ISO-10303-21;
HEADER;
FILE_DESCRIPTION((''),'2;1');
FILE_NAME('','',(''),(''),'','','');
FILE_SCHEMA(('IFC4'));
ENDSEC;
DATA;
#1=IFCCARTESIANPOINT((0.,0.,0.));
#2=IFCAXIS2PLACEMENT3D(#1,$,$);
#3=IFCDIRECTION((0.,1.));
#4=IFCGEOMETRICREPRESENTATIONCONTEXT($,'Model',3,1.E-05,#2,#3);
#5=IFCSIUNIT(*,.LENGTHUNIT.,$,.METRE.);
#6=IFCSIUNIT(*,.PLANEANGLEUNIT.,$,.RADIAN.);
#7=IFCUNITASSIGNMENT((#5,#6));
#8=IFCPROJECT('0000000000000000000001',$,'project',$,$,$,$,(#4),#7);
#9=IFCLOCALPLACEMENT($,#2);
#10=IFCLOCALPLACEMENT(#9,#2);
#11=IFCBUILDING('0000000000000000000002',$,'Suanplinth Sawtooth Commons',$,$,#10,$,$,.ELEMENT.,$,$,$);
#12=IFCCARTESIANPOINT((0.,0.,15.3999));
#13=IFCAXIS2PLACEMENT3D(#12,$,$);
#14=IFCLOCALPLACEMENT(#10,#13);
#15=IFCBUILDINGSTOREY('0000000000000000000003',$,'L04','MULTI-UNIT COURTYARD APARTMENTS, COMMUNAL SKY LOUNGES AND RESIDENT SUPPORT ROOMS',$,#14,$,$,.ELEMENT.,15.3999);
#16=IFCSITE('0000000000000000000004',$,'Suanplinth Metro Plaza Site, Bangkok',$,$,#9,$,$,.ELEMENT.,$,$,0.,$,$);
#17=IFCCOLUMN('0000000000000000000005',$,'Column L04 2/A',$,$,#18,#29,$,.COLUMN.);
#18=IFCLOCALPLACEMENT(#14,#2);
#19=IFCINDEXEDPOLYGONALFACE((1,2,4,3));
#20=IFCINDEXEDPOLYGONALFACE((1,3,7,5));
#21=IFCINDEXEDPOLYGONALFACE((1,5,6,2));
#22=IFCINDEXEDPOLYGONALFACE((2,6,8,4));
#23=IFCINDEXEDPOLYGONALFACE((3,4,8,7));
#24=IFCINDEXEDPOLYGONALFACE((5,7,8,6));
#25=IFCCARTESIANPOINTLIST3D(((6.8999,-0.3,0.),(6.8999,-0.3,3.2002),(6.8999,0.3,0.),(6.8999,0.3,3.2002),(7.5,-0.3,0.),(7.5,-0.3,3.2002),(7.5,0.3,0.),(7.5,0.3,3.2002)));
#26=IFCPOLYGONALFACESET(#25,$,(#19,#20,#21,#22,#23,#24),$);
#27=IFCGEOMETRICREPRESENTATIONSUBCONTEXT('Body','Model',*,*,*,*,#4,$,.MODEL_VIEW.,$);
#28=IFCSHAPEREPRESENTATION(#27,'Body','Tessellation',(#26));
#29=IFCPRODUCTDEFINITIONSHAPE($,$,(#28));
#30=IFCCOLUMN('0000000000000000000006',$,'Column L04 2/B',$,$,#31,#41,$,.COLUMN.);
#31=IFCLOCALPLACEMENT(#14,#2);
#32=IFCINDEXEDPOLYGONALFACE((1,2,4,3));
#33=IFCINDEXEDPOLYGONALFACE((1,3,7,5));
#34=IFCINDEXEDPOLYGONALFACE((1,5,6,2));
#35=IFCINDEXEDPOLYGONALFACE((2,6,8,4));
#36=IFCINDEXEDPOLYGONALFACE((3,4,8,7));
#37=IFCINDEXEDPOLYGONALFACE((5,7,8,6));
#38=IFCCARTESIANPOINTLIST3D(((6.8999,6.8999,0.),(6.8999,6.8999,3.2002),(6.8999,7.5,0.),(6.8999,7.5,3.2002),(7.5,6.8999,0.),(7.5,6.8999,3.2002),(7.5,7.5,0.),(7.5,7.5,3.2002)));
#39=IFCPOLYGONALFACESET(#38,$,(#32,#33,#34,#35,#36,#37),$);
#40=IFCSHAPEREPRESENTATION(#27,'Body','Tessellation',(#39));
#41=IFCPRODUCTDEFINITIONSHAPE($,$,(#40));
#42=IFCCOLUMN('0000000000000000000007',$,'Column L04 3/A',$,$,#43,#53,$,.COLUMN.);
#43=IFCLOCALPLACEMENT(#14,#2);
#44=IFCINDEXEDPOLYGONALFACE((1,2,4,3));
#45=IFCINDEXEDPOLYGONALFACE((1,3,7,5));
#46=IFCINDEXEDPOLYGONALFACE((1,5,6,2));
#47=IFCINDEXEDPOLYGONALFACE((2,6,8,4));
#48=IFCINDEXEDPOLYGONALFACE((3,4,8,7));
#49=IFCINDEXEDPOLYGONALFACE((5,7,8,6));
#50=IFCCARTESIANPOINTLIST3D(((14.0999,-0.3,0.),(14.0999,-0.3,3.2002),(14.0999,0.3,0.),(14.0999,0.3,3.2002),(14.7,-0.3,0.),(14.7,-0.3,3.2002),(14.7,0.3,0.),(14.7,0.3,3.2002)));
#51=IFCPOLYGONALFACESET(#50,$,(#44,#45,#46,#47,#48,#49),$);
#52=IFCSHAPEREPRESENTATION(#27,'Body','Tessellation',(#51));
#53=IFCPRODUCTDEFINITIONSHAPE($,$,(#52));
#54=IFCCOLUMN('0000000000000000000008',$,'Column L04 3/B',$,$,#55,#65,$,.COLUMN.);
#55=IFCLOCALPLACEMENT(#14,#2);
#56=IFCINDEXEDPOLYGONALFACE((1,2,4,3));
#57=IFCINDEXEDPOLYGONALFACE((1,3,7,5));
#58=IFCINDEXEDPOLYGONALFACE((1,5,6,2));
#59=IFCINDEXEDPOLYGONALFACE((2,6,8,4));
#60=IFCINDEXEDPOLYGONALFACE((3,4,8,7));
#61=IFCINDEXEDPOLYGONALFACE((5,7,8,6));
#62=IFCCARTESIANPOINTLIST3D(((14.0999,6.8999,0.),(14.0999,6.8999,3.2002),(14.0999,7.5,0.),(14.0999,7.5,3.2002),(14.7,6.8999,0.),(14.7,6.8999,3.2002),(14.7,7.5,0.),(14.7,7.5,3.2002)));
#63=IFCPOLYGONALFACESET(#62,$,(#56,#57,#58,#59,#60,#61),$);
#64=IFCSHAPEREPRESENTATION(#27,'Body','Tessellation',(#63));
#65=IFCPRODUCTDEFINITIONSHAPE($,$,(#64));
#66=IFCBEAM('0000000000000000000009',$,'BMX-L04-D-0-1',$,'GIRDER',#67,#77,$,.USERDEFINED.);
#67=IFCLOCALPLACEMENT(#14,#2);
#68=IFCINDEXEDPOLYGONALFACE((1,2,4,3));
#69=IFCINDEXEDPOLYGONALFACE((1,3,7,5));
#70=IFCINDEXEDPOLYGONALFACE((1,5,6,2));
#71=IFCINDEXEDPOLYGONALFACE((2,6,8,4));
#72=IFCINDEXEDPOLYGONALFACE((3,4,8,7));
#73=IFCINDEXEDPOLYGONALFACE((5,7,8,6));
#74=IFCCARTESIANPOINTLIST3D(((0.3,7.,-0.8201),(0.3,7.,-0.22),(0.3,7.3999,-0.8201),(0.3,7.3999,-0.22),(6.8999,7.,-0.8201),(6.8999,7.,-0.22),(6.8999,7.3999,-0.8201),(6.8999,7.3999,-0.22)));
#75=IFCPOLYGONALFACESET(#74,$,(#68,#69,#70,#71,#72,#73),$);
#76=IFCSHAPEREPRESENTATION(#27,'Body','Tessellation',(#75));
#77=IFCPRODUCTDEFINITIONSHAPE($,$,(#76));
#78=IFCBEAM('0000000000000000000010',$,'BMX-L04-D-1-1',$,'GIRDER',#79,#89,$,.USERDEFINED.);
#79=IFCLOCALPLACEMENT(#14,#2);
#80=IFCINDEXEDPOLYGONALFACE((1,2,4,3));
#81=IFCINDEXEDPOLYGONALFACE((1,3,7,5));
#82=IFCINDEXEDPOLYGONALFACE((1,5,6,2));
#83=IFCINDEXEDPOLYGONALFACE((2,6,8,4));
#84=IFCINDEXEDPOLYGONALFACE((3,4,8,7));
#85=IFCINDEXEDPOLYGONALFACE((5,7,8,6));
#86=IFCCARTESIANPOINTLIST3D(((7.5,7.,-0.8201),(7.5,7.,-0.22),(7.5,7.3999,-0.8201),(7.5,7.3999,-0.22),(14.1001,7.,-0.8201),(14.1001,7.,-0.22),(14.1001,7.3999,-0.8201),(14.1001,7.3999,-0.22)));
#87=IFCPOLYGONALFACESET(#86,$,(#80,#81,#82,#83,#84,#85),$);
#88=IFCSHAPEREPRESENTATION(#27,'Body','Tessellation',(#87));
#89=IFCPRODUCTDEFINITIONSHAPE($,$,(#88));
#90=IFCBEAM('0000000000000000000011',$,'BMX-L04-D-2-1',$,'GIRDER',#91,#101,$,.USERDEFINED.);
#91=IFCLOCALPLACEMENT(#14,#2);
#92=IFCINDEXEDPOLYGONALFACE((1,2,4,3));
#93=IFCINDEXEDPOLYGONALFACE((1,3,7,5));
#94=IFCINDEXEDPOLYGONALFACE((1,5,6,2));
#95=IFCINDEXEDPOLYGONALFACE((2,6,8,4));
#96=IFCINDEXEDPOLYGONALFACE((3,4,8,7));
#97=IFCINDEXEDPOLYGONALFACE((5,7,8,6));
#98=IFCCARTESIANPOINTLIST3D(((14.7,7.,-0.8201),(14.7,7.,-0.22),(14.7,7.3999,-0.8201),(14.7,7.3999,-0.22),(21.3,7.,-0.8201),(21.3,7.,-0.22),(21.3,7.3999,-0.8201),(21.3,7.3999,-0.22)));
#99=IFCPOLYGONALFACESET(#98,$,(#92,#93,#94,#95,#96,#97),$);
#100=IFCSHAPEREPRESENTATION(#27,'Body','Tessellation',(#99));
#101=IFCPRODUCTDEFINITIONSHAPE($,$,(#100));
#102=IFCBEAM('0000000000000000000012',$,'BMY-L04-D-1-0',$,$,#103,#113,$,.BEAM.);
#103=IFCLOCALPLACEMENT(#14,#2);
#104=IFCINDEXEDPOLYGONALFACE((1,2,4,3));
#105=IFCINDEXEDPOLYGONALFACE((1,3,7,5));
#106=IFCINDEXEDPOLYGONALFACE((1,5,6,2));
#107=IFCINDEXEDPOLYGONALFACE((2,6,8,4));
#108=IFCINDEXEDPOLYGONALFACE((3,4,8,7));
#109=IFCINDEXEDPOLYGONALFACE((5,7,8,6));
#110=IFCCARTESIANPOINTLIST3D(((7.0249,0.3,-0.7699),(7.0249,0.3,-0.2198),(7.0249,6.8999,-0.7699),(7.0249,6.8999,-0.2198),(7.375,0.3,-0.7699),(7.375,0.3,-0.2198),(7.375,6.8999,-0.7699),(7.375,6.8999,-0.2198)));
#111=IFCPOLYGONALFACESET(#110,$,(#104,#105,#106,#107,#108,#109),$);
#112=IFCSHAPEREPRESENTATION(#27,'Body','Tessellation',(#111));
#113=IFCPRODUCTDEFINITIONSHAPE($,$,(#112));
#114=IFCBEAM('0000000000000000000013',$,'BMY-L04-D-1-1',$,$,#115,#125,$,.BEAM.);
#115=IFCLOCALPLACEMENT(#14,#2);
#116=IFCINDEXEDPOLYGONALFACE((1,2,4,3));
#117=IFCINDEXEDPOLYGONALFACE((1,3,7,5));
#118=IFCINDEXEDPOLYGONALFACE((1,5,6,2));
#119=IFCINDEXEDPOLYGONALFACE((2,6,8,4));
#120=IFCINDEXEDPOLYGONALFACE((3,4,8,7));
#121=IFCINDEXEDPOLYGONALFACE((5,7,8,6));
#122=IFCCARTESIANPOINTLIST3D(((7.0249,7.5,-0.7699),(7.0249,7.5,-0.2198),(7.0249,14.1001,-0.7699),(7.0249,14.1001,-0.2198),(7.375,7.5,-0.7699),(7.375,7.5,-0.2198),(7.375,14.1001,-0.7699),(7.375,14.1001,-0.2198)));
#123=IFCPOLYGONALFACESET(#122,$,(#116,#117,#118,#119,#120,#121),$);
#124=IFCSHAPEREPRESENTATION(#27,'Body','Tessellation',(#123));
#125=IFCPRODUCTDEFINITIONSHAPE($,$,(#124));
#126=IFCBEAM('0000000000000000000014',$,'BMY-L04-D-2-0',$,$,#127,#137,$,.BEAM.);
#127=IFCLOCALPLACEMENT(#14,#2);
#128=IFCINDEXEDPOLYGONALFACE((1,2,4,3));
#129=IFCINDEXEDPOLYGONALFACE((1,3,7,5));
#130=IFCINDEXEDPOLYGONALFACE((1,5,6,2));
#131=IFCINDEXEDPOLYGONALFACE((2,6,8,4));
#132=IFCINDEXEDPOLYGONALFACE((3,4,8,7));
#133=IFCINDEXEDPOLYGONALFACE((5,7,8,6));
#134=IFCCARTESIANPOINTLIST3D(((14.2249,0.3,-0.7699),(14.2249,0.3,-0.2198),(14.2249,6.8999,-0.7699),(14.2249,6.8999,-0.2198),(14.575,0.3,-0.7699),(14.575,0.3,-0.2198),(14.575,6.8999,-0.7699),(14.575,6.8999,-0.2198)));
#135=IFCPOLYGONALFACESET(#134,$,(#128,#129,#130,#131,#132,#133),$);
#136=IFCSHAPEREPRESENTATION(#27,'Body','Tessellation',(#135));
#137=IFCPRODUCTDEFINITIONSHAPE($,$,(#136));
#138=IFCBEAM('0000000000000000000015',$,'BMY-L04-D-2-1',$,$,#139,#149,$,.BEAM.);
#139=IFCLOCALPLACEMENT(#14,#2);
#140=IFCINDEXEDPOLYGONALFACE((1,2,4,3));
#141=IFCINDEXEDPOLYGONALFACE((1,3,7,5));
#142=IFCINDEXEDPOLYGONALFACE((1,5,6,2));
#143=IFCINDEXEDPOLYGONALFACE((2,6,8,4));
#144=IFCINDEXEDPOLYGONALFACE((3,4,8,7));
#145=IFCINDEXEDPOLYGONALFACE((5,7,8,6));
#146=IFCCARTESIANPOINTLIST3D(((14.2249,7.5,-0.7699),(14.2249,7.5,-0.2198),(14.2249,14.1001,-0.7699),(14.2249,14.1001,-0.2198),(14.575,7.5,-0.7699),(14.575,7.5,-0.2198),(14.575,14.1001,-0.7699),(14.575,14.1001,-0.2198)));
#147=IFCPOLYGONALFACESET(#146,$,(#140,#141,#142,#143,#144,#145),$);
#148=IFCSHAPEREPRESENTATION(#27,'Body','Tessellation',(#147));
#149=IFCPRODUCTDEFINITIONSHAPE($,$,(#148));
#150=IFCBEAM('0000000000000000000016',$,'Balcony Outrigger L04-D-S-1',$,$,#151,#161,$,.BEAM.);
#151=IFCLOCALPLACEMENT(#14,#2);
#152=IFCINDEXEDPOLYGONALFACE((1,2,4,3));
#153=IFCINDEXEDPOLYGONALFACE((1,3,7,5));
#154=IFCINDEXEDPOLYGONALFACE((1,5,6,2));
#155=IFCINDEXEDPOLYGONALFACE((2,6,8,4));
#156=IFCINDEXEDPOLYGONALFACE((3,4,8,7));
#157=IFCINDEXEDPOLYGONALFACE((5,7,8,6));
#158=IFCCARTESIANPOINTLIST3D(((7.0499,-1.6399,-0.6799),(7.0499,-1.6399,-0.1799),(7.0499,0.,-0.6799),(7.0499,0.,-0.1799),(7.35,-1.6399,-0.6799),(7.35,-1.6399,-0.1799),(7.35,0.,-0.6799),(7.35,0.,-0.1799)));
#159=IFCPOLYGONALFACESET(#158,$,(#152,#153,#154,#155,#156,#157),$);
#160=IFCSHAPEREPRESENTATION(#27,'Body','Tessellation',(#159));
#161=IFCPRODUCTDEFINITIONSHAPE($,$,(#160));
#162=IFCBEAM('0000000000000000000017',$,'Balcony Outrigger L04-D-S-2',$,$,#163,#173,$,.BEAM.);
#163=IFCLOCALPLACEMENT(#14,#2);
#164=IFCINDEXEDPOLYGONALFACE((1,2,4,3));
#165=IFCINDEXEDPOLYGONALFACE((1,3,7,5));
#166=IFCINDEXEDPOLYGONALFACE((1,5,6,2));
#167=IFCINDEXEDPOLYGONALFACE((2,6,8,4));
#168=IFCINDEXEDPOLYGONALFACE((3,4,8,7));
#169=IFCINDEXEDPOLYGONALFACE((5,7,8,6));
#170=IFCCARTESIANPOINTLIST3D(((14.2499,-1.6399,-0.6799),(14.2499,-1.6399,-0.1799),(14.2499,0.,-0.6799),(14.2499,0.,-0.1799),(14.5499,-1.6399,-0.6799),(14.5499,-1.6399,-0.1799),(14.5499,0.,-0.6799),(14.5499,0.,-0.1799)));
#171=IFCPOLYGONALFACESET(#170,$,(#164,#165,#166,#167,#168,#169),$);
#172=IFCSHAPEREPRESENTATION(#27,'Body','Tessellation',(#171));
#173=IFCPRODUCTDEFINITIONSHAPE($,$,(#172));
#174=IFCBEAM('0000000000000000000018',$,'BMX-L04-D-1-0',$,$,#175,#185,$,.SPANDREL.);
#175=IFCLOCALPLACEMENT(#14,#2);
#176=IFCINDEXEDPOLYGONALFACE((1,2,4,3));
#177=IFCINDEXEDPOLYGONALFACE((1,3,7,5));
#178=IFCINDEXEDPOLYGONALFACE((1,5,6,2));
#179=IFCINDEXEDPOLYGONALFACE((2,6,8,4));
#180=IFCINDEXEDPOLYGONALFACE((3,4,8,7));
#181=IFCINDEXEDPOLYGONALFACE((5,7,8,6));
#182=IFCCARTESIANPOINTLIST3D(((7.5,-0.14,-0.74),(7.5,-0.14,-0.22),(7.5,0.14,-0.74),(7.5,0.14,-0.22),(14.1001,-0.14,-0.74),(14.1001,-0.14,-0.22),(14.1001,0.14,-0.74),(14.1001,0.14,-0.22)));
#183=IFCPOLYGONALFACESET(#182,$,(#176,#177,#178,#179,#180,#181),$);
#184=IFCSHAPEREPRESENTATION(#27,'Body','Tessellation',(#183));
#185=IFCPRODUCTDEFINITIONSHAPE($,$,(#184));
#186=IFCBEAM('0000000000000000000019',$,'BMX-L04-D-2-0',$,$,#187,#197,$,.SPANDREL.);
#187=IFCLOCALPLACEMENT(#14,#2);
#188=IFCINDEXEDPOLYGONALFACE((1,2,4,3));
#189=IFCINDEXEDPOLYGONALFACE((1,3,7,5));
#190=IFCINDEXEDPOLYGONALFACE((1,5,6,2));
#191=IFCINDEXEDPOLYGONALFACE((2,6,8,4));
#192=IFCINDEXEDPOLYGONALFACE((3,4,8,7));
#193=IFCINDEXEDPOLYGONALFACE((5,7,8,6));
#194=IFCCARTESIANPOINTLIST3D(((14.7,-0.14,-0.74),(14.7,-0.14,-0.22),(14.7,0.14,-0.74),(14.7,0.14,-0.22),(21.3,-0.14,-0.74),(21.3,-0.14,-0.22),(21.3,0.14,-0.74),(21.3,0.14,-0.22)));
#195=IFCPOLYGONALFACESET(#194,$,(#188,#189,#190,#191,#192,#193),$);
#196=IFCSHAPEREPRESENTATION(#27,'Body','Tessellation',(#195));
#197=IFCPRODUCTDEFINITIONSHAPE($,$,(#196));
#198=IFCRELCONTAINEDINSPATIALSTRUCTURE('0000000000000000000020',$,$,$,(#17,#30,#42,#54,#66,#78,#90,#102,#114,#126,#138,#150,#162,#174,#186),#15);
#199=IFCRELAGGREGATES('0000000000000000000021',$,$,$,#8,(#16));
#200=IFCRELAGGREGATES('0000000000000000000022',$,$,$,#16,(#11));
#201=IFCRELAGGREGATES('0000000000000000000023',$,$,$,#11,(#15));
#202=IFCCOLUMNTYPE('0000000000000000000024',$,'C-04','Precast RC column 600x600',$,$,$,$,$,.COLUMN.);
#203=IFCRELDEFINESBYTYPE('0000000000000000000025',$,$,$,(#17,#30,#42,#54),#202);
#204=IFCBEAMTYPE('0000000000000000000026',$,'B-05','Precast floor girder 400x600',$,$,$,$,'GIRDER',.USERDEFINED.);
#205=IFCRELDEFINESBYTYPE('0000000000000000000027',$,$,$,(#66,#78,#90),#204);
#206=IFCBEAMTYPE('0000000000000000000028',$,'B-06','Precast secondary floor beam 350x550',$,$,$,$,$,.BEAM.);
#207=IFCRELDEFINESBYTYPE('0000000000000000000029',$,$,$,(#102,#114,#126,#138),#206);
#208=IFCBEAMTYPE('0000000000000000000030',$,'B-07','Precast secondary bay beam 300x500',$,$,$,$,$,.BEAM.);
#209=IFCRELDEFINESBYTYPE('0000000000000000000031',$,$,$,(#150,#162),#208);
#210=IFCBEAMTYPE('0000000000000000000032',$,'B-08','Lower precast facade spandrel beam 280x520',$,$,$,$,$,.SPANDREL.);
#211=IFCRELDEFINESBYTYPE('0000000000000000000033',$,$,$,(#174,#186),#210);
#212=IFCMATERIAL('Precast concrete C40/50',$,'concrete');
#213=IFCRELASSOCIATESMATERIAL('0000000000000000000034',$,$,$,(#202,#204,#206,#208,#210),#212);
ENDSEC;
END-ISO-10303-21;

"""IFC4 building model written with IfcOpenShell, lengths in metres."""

from ifc_helpers import new_model, si_unit, direction, frame, origin, origin_2d, place, context, subcontext, project, spatial, rectangle, extrude, material, material_profile, profile_set, type_object, element, save


model = new_model("IFC4")

# Units and contexts
model_context = context("Model", 3, precision=1e-05, world=origin(), true_north=direction((0.0, 1.0)))
body_context = subcontext(model_context, "Body", "Model", "MODEL_VIEW")
ifc_project = project(units=[si_unit("LENGTHUNIT", "METRE"), si_unit("PLANEANGLEUNIT", "RADIAN")], contexts=[model_context])

# Site, building, storey
site_placement = place(None, origin())
site = spatial("IfcSite", under=ifc_project, at=site_placement, Name="Suanplinth Metro Plaza Site, Bangkok", CompositionType="ELEMENT", RefElevation=0.0)
building_placement = place(site_placement, origin())
building = spatial("IfcBuilding", under=site, at=building_placement, Name="Suanplinth Sawtooth Commons", CompositionType="ELEMENT")
storey_placement = place(building_placement, frame((0.0, 0.0, 15.3999)))
storey = spatial("IfcBuildingStorey", under=building, at=storey_placement, Name="L04", Description="MULTI-UNIT COURTYARD APARTMENTS, COMMUNAL SKY LOUNGES AND RESIDENT SUPPORT ROOMS", CompositionType="ELEMENT", Elevation=15.3999)

# Columns
ifc_material_1 = material(Name="Precast concrete C40/50", Category="concrete")
ifc_material_profile_1 = material_profile(ifc_material_1, rectangle(XDim=0.6001, YDim=0.6001, at=origin_2d()), Name="PC-COL 600x600")
ifc_profile_set_1 = profile_set([ifc_material_profile_1], Name="Precast concrete C40/50")
column_type = type_object("IfcColumnType", Name="C-04", Description="Precast RC column 600x600", PredefinedType="COLUMN", material=ifc_profile_set_1)
for number, where, z_axis, x_axis, name in (
    (1, (7.2, 0.0, 0.0), (0.0, 0.0, 1.0), (1.0, 0.0, 0.0), "Column L04 2/A"),
    (2, (7.2, 7.2, 0.0), (0.0, 0.0, 1.0), (1.0, 0.0, 0.0), "Column L04 2/B"),
    (3, (14.3999, 0.0, 0.0), (0.0, 0.0, 1.0), (1.0, 0.0, 0.0), "Column L04 3/A"),
    (4, (14.3999, 7.2, 0.0), (0.0, 0.0, 1.0), (1.0, 0.0, 0.0), "Column L04 3/B"),
):
    element("IfcColumn", number, at=place(storey_placement, frame(where, z_axis=z_axis, x_axis=x_axis)), inside=storey, type_object=column_type, Name=name, PredefinedType="COLUMN", context=body_context, shape_type="SweptSolid", body=[
        extrude(rectangle(XDim=0.6001, YDim=0.6001, at=origin_2d()), origin(), (0.0, 0.0, 1.0), 3.2002),
    ])

# Beams
ifc_material_profile_2 = material_profile(ifc_material_1, rectangle(XDim=0.3999, YDim=0.6001, at=origin_2d()), Name="PC-GDR 400x600")
ifc_profile_set_2 = profile_set([ifc_material_profile_2], Name="Precast concrete C40/50")
beam_type_1 = type_object("IfcBeamType", Name="B-05", Description="Precast floor girder 400x600", ElementType="GIRDER", PredefinedType="USERDEFINED", material=ifc_profile_set_2)
beam_1_placement = place(storey_placement, frame((0.3, 7.2, -0.52), z_axis=(1.0, 0.0, 0.0), x_axis=(0.0, 1.0, 0.0)))
element("IfcBeam", 5, at=beam_1_placement, inside=storey, type_object=beam_type_1, Name="BMX-L04-D-0-1", ObjectType="GIRDER", PredefinedType="USERDEFINED", context=body_context, shape_type="SweptSolid", body=[
    extrude(rectangle(XDim=0.3999, YDim=0.6001, at=origin_2d()), origin(), (0.0, 0.0, 1.0), 6.5999),
])
for number, where, z_axis, x_axis, name in (
    (6, (7.5, 7.2, -0.52), (1.0, 0.0, 0.0), (0.0, 1.0, 0.0), "BMX-L04-D-1-1"),
    (7, (14.7, 7.2, -0.52), (1.0, 0.0, 0.0), (0.0, 1.0, 0.0), "BMX-L04-D-2-1"),
):
    element("IfcBeam", number, at=place(storey_placement, frame(where, z_axis=z_axis, x_axis=x_axis)), inside=storey, type_object=beam_type_1, Name=name, ObjectType="GIRDER", PredefinedType="USERDEFINED", context=body_context, shape_type="SweptSolid", body=[
        extrude(rectangle(XDim=0.3999, YDim=0.6001, at=origin_2d()), origin(), (0.0, 0.0, 1.0), 6.6001),
    ])
ifc_material_profile_3 = material_profile(ifc_material_1, rectangle(XDim=0.3501, YDim=0.55, at=origin_2d()), Name="PC-BM 350x550")
ifc_profile_set_3 = profile_set([ifc_material_profile_3], Name="Precast concrete C40/50")
beam_type_2 = type_object("IfcBeamType", Name="B-06", Description="Precast secondary floor beam 350x550", PredefinedType="BEAM", material=ifc_profile_set_3)
beam_2_placement = place(storey_placement, frame((7.2, 0.3, -0.4949), z_axis=(0.0, 1.0, 0.0), x_axis=(-1.0, 0.0, 0.0)))
element("IfcBeam", 8, at=beam_2_placement, inside=storey, type_object=beam_type_2, Name="BMY-L04-D-1-0", PredefinedType="BEAM", context=body_context, shape_type="SweptSolid", body=[
    extrude(rectangle(XDim=0.3501, YDim=0.55, at=origin_2d()), origin(), (0.0, 0.0, 1.0), 6.5999),
])
beam_3_placement = place(storey_placement, frame((7.2, 7.5, -0.4949), z_axis=(0.0, 1.0, 0.0), x_axis=(-1.0, 0.0, 0.0)))
element("IfcBeam", 9, at=beam_3_placement, inside=storey, type_object=beam_type_2, Name="BMY-L04-D-1-1", PredefinedType="BEAM", context=body_context, shape_type="SweptSolid", body=[
    extrude(rectangle(XDim=0.3501, YDim=0.55, at=origin_2d()), origin(), (0.0, 0.0, 1.0), 6.6001),
])
beam_4_placement = place(storey_placement, frame((14.3999, 0.3, -0.4949), z_axis=(0.0, 1.0, 0.0), x_axis=(-1.0, 0.0, 0.0)))
element("IfcBeam", 10, at=beam_4_placement, inside=storey, type_object=beam_type_2, Name="BMY-L04-D-2-0", PredefinedType="BEAM", context=body_context, shape_type="SweptSolid", body=[
    extrude(rectangle(XDim=0.3501, YDim=0.55, at=origin_2d()), origin(), (0.0, 0.0, 1.0), 6.5999),
])
beam_5_placement = place(storey_placement, frame((14.3999, 7.5, -0.4949), z_axis=(0.0, 1.0, 0.0), x_axis=(-1.0, 0.0, 0.0)))
element("IfcBeam", 11, at=beam_5_placement, inside=storey, type_object=beam_type_2, Name="BMY-L04-D-2-1", PredefinedType="BEAM", context=body_context, shape_type="SweptSolid", body=[
    extrude(rectangle(XDim=0.3501, YDim=0.55, at=origin_2d()), origin(), (0.0, 0.0, 1.0), 6.6001),
])
ifc_material_profile_4 = material_profile(ifc_material_1, rectangle(XDim=0.3, YDim=0.5, at=origin_2d()), Name="PC-BM 300x500")
ifc_profile_set_4 = profile_set([ifc_material_profile_4], Name="Precast concrete C40/50")
beam_type_3 = type_object("IfcBeamType", Name="B-07", Description="Precast secondary bay beam 300x500", PredefinedType="BEAM", material=ifc_profile_set_4)
for number, where, z_axis, x_axis, name in (
    (12, (7.2, 0.0, -0.4299), (0.0, -1.0, 0.0), (1.0, 0.0, 0.0), "Balcony Outrigger L04-D-S-1"),
    (13, (14.3999, 0.0, -0.4299), (0.0, -1.0, 0.0), (1.0, 0.0, 0.0), "Balcony Outrigger L04-D-S-2"),
):
    element("IfcBeam", number, at=place(storey_placement, frame(where, z_axis=z_axis, x_axis=x_axis)), inside=storey, type_object=beam_type_3, Name=name, PredefinedType="BEAM", context=body_context, shape_type="SweptSolid", body=[
        extrude(rectangle(XDim=0.3, YDim=0.5, at=origin_2d()), origin(), (0.0, 0.0, 1.0), 1.6399),
    ])
ifc_material_profile_5 = material_profile(ifc_material_1, rectangle(XDim=0.28, YDim=0.52, at=origin_2d()), Name="PC-SP 280x520")
ifc_profile_set_5 = profile_set([ifc_material_profile_5], Name="Precast concrete C40/50")
beam_type_4 = type_object("IfcBeamType", Name="B-08", Description="Lower precast facade spandrel beam 280x520", PredefinedType="SPANDREL", material=ifc_profile_set_5)
for number, where, z_axis, x_axis, name in (
    (14, (7.5, 0.0, -0.48), (1.0, 0.0, 0.0), (0.0, 1.0, 0.0), "BMX-L04-D-1-0"),
    (15, (14.7, 0.0, -0.48), (1.0, 0.0, 0.0), (0.0, 1.0, 0.0), "BMX-L04-D-2-0"),
):
    element("IfcBeam", number, at=place(storey_placement, frame(where, z_axis=z_axis, x_axis=x_axis)), inside=storey, type_object=beam_type_4, Name=name, PredefinedType="SPANDREL", context=body_context, shape_type="SweptSolid", body=[
        extrude(rectangle(XDim=0.28, YDim=0.52, at=origin_2d()), origin(), (0.0, 0.0, 1.0), 6.6001),
    ])

save(model, "model.ifc")
